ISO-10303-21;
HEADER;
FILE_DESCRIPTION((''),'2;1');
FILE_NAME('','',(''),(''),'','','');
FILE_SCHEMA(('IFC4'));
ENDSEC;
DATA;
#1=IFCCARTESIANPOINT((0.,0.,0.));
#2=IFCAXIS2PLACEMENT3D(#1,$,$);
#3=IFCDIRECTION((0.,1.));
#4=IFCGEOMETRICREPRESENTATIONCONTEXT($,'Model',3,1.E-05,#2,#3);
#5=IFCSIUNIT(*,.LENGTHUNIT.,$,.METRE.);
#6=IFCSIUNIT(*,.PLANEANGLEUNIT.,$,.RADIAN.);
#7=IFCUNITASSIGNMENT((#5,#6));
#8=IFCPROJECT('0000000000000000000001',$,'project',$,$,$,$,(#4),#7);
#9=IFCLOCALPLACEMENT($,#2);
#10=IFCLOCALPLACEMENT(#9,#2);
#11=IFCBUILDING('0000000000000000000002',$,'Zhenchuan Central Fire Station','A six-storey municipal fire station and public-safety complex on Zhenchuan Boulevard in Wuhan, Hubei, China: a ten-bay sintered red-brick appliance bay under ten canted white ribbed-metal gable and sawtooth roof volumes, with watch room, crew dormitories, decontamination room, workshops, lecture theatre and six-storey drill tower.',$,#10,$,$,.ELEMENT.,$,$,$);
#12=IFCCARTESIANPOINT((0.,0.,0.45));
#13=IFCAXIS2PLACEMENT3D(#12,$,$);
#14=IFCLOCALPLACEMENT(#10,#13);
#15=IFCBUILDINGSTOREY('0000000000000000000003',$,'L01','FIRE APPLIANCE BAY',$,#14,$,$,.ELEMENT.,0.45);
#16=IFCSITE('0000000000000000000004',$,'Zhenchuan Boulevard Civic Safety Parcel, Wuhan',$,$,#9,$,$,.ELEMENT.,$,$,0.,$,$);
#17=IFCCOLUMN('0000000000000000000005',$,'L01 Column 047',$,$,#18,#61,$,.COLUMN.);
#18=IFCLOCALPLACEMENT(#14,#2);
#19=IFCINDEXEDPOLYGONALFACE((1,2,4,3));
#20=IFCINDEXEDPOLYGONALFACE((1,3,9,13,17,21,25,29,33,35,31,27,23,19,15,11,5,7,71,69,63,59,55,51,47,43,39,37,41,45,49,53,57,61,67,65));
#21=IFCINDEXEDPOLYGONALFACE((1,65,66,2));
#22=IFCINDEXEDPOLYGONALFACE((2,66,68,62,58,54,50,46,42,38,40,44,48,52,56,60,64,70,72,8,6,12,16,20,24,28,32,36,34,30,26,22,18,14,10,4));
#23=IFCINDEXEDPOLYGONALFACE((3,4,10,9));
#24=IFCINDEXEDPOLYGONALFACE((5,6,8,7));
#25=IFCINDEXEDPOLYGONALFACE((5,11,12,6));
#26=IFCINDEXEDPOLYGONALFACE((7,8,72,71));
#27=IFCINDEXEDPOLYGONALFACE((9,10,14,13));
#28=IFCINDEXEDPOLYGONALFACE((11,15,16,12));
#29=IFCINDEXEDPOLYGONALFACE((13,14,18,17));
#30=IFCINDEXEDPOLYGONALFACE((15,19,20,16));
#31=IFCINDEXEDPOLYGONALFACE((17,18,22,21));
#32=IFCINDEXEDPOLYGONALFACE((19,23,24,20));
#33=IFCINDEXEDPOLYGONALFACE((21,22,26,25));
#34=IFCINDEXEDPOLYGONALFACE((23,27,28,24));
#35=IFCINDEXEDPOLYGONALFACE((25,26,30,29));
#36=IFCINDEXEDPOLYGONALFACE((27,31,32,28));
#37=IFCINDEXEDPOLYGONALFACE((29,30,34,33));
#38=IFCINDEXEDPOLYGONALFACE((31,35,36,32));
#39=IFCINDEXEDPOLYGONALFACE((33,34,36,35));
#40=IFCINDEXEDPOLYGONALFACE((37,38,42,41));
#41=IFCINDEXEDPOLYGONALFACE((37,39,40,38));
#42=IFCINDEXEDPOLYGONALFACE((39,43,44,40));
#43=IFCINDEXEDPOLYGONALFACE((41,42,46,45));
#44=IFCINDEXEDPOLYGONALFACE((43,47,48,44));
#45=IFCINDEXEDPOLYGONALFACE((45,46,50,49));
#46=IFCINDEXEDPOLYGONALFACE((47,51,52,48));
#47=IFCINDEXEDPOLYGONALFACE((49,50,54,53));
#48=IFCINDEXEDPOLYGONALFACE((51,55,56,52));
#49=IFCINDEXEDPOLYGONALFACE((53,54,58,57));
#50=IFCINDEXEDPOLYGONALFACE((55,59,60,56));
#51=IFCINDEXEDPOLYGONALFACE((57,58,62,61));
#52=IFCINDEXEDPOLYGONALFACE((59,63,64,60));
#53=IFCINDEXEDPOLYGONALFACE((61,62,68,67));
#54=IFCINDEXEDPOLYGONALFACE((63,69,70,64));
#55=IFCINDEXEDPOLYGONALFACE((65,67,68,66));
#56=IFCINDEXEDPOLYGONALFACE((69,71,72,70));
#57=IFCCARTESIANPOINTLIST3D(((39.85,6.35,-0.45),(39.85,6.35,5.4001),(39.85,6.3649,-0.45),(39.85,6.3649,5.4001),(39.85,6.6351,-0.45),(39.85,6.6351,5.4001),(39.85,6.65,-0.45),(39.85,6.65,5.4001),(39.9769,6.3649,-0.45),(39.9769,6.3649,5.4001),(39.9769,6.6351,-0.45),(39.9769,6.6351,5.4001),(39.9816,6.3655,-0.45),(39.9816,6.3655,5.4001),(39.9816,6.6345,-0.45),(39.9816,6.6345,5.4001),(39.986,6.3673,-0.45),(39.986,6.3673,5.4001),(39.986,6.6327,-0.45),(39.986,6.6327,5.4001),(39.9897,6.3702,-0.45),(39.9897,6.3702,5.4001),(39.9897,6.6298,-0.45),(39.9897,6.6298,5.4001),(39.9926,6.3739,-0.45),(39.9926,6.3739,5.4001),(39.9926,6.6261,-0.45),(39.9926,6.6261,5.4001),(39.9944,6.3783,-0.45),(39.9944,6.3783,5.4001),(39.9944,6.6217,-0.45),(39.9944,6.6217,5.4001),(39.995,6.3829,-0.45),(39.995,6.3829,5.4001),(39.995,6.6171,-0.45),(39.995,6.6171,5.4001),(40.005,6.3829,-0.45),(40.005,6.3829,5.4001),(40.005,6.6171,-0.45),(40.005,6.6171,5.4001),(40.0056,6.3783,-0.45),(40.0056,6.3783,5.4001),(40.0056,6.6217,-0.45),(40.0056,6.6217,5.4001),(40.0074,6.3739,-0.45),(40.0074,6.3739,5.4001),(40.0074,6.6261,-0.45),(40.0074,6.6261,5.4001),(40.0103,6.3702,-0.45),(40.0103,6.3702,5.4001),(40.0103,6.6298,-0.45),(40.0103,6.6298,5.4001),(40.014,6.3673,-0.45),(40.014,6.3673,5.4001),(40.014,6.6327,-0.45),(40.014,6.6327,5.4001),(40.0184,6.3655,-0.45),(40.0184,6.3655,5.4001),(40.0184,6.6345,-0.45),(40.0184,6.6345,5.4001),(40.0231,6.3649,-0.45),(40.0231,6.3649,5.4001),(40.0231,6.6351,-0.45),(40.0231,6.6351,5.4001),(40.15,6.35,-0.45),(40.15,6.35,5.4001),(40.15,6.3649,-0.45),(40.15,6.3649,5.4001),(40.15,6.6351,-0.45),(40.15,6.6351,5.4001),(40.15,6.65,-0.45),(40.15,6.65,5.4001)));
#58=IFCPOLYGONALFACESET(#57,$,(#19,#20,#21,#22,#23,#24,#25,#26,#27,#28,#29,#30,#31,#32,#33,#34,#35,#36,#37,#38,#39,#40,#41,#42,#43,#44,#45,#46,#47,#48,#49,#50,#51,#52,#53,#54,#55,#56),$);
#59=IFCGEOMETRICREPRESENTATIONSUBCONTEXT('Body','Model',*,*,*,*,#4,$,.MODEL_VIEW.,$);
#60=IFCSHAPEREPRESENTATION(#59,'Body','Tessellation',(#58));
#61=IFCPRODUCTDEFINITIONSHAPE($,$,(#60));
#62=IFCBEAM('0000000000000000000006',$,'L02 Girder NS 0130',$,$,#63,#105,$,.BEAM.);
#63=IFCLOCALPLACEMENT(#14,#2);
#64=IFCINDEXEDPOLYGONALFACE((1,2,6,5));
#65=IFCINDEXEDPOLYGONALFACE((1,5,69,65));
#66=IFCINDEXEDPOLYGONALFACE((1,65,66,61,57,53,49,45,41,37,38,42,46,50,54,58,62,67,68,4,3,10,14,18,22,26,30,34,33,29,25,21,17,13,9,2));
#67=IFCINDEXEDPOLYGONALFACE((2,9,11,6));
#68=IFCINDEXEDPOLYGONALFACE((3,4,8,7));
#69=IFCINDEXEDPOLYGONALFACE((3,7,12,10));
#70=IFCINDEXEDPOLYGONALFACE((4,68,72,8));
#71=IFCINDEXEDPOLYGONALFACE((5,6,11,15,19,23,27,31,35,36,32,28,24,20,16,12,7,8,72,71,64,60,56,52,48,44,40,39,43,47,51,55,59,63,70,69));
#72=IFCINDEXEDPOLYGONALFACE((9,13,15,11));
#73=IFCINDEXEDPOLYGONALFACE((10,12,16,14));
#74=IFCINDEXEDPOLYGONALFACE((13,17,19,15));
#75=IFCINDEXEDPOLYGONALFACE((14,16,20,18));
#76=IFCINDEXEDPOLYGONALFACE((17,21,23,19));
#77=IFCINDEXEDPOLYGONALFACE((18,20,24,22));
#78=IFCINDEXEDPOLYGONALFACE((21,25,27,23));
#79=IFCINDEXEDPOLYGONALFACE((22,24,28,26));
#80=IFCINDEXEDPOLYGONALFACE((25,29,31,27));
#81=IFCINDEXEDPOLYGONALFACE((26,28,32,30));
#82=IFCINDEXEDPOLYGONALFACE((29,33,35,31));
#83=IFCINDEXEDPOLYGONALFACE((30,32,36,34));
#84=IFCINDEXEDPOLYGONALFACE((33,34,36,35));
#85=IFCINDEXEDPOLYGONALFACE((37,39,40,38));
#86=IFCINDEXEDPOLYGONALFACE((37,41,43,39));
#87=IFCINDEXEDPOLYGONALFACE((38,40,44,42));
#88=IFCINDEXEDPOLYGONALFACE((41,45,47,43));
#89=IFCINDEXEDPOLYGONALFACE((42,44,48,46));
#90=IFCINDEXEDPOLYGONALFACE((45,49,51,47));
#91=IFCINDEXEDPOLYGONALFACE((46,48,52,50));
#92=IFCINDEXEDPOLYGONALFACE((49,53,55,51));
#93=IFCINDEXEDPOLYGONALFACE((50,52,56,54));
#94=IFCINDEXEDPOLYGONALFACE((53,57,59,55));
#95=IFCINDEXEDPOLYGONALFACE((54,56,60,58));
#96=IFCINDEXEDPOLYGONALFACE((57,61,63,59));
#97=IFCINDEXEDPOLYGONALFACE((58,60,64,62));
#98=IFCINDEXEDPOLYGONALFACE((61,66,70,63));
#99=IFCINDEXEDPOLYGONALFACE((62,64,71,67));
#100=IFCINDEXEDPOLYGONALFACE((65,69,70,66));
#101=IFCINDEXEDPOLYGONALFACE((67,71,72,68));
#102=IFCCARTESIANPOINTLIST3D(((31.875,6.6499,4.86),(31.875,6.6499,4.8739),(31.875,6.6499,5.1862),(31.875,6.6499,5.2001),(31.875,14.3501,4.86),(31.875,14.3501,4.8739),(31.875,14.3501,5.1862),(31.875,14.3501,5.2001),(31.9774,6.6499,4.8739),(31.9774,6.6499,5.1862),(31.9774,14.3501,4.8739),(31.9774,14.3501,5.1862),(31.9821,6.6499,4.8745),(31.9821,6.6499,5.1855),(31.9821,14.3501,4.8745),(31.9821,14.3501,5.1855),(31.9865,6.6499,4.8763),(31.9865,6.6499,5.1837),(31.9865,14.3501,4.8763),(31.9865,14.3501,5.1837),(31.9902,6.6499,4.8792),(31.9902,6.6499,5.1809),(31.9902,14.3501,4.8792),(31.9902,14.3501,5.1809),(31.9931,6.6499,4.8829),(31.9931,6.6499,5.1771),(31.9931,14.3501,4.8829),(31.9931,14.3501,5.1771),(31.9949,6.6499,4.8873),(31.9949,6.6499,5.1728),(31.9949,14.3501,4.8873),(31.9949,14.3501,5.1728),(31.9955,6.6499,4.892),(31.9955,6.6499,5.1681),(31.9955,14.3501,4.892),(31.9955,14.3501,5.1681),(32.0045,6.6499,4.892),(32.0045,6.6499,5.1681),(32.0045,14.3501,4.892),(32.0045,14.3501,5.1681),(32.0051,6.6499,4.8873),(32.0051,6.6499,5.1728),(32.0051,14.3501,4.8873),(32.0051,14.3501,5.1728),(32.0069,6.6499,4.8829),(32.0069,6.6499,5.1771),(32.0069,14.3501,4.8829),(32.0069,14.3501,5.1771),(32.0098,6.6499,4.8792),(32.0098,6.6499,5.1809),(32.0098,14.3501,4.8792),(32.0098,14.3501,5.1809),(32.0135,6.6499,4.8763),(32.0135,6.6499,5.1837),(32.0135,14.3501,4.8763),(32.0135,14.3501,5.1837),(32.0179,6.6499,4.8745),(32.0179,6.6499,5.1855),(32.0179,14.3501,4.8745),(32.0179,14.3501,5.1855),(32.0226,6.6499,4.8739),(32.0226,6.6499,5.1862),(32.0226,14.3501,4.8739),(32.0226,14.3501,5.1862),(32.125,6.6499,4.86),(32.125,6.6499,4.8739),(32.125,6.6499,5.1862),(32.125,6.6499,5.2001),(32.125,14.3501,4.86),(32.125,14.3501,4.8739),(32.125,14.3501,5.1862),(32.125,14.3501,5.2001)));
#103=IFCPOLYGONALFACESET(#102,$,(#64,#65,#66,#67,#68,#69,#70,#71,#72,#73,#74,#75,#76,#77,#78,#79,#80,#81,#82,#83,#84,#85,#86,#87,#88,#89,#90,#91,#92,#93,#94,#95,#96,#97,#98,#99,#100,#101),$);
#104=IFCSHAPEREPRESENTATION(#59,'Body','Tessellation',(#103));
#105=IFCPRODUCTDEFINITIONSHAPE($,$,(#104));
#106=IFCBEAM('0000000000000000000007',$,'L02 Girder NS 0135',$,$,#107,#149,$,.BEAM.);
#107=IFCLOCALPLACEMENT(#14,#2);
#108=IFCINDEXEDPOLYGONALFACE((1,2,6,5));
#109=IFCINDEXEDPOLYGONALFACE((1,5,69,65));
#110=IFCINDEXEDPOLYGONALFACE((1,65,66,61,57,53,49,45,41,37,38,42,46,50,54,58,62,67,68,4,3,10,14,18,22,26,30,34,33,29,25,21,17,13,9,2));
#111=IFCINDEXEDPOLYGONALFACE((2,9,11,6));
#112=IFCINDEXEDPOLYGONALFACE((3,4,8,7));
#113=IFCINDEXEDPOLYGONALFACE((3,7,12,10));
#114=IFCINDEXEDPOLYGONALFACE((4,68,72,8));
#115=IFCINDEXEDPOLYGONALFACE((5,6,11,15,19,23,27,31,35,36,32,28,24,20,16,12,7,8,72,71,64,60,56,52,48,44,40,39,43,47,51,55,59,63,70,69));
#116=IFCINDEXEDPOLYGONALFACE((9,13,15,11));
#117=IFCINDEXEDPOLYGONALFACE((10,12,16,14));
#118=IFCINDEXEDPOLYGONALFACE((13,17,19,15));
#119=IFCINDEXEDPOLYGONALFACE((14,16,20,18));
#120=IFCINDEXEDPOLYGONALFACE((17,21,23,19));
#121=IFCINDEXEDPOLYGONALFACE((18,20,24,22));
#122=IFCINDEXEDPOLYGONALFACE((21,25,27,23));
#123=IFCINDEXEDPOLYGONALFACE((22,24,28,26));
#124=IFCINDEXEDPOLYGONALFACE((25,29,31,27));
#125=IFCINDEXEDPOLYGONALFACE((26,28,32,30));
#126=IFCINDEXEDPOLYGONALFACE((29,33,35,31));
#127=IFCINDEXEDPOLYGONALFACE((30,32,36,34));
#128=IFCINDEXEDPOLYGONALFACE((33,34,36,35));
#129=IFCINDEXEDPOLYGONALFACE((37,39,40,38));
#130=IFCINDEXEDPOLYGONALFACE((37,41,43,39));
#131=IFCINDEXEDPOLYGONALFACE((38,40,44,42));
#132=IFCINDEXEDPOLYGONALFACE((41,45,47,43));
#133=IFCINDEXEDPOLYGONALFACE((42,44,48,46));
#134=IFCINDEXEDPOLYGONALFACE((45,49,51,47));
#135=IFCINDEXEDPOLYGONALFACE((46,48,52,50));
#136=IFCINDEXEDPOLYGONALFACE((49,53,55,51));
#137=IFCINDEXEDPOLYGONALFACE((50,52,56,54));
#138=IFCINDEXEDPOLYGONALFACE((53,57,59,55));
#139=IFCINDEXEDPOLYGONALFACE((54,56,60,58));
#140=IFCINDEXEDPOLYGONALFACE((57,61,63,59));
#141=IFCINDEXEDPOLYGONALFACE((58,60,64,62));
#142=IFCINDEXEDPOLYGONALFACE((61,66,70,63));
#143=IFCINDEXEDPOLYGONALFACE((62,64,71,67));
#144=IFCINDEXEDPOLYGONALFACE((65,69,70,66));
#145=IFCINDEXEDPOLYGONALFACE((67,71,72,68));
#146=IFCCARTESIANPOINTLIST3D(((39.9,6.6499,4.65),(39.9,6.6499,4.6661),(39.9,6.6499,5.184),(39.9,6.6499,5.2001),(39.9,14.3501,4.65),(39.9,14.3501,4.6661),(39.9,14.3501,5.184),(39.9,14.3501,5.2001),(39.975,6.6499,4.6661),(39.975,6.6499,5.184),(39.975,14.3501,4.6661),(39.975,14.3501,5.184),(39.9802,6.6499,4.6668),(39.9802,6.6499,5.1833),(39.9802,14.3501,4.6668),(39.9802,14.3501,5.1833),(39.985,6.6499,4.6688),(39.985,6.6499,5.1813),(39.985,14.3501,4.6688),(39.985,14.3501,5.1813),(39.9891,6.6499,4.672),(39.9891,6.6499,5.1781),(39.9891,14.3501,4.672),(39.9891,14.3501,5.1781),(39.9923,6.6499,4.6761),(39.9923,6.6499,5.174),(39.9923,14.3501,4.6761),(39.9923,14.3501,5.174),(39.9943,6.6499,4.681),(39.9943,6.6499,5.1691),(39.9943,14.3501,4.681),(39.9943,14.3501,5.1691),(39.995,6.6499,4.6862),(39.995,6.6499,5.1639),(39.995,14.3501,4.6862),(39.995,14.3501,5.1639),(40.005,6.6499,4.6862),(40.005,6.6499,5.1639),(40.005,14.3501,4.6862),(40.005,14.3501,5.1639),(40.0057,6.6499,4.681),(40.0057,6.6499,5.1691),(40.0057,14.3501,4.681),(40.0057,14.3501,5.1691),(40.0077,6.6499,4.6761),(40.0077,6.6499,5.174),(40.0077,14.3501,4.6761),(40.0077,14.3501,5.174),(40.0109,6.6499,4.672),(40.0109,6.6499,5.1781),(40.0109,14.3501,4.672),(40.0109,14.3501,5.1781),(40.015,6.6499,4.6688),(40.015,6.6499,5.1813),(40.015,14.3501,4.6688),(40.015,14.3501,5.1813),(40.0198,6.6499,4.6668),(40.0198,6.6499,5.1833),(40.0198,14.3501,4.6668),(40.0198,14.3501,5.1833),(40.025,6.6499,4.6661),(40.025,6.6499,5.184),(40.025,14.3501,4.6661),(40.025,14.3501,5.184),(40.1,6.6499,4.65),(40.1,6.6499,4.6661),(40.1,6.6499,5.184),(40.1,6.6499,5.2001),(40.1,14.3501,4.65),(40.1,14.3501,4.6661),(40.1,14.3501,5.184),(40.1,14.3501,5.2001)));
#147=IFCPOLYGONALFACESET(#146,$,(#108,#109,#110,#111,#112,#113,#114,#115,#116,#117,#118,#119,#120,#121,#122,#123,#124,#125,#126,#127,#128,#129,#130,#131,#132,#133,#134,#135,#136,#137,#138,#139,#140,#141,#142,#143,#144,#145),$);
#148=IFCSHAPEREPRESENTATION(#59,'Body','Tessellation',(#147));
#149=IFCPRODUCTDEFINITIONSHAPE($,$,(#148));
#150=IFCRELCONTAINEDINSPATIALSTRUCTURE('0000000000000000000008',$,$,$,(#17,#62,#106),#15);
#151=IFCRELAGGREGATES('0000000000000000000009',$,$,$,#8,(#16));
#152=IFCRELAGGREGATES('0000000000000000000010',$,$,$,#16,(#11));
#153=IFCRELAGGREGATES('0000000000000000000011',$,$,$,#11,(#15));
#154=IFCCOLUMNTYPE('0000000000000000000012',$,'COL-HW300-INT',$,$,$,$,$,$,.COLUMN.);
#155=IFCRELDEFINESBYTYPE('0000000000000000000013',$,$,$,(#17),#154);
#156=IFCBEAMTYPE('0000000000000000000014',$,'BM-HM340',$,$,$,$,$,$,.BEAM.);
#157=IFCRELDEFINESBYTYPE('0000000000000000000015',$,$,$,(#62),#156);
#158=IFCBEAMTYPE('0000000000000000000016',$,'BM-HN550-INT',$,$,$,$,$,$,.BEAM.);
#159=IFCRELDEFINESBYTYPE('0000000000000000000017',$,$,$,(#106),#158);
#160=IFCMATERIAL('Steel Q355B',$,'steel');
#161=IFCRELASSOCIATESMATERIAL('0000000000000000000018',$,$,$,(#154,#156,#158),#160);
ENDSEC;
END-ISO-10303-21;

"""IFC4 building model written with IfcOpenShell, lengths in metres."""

from ifc_helpers import new_model, si_unit, direction, frame, origin, origin_2d, place, context, subcontext, project, spatial, i_section, extrude, material, material_profile, profile_set, type_object, element, save


model = new_model("IFC4")

# Units and contexts
model_context = context("Model", 3, precision=1e-05, world=origin(), true_north=direction((0.0, 1.0)))
body_context = subcontext(model_context, "Body", "Model", "MODEL_VIEW")
ifc_project = project(units=[si_unit("LENGTHUNIT", "METRE"), si_unit("PLANEANGLEUNIT", "RADIAN")], contexts=[model_context])

# Site, building, storey
site_placement = place(None, origin())
site = spatial("IfcSite", under=ifc_project, at=site_placement, Name="Zhenchuan Boulevard Civic Safety Parcel, Wuhan", CompositionType="ELEMENT", RefElevation=0.0)
building_placement = place(site_placement, origin())
building = spatial("IfcBuilding", under=site, at=building_placement, Name="Zhenchuan Central Fire Station", Description="A six-storey municipal fire station and public-safety complex on Zhenchuan Boulevard in Wuhan, Hubei, China: a ten-bay sintered red-brick appliance bay under ten canted white ribbed-metal gable and sawtooth roof volumes, with watch room, crew dormitories, decontamination room, workshops, lecture theatre and six-storey drill tower.", CompositionType="ELEMENT")
storey_placement = place(building_placement, frame((0.0, 0.0, 0.45)))
storey = spatial("IfcBuildingStorey", under=building, at=storey_placement, Name="L01", Description="FIRE APPLIANCE BAY", CompositionType="ELEMENT", Elevation=0.45)

# Column
ifc_material_1 = material(Name="Steel Q355B", Category="steel")
ifc_material_profile_1 = material_profile(ifc_material_1, i_section(OverallWidth=0.3, OverallDepth=0.3, WebThickness=0.01, FlangeThickness=0.0149, FilletRadius=0.0181, at=origin_2d()), Name="HW 300x300")
ifc_profile_set_1 = profile_set([ifc_material_profile_1], Name="Steel Q355B")
column_type = type_object("IfcColumnType", Name="COL-HW300-INT", PredefinedType="COLUMN", material=ifc_profile_set_1)
for number, where, z_axis, x_axis, name in (
    (1, (40.0, 6.5, -0.45), (0.0, 0.0, 1.0), (1.0, 0.0, 0.0), "L01 Column 047"),
):
    element("IfcColumn", number, at=place(storey_placement, frame(where, z_axis=z_axis, x_axis=x_axis)), inside=storey, type_object=column_type, Name=name, PredefinedType="COLUMN", context=body_context, shape_type="SweptSolid", body=[
        extrude(i_section(OverallWidth=0.3, OverallDepth=0.3, WebThickness=0.01, FlangeThickness=0.0149, FilletRadius=0.0181, at=origin_2d()), origin(), (0.0, 0.0, 1.0), 5.8501),
    ])

# Beams
ifc_material_profile_2 = material_profile(ifc_material_1, i_section(OverallWidth=0.25, OverallDepth=0.3401, WebThickness=0.009, FlangeThickness=0.0139, FilletRadius=0.0181, at=origin_2d()), Name="HM 340x250")
ifc_profile_set_2 = profile_set([ifc_material_profile_2], Name="Steel Q355B")
beam_type_1 = type_object("IfcBeamType", Name="BM-HM340", PredefinedType="BEAM", material=ifc_profile_set_2)
beam_1_placement = place(storey_placement, frame((32.0, 6.6499, 5.03), z_axis=(0.0, 1.0, 0.0), x_axis=(-1.0, 0.0, 0.0)))
element("IfcBeam", 2, at=beam_1_placement, inside=storey, type_object=beam_type_1, Name="L02 Girder NS 0130", PredefinedType="BEAM", context=body_context, shape_type="SweptSolid", body=[
    extrude(i_section(OverallWidth=0.25, OverallDepth=0.3401, WebThickness=0.009, FlangeThickness=0.0139, FilletRadius=0.0181, at=origin_2d()), origin(), (0.0, 0.0, 1.0), 7.7002),
])
ifc_material_profile_3 = material_profile(ifc_material_1, i_section(OverallWidth=0.2, OverallDepth=0.55, WebThickness=0.01, FlangeThickness=0.0161, FilletRadius=0.02, at=origin_2d()), Name="HN 550x200")
ifc_profile_set_3 = profile_set([ifc_material_profile_3], Name="Steel Q355B")
beam_type_2 = type_object("IfcBeamType", Name="BM-HN550-INT", PredefinedType="BEAM", material=ifc_profile_set_3)
beam_2_placement = place(storey_placement, frame((40.0, 6.6499, 4.925), z_axis=(0.0, 1.0, 0.0), x_axis=(-1.0, 0.0, 0.0)))
element("IfcBeam", 3, at=beam_2_placement, inside=storey, type_object=beam_type_2, Name="L02 Girder NS 0135", PredefinedType="BEAM", context=body_context, shape_type="SweptSolid", body=[
    extrude(i_section(OverallWidth=0.2, OverallDepth=0.55, WebThickness=0.01, FlangeThickness=0.0161, FilletRadius=0.02, at=origin_2d()), origin(), (0.0, 0.0, 1.0), 7.7002),
])

save(model, "model.ifc")
